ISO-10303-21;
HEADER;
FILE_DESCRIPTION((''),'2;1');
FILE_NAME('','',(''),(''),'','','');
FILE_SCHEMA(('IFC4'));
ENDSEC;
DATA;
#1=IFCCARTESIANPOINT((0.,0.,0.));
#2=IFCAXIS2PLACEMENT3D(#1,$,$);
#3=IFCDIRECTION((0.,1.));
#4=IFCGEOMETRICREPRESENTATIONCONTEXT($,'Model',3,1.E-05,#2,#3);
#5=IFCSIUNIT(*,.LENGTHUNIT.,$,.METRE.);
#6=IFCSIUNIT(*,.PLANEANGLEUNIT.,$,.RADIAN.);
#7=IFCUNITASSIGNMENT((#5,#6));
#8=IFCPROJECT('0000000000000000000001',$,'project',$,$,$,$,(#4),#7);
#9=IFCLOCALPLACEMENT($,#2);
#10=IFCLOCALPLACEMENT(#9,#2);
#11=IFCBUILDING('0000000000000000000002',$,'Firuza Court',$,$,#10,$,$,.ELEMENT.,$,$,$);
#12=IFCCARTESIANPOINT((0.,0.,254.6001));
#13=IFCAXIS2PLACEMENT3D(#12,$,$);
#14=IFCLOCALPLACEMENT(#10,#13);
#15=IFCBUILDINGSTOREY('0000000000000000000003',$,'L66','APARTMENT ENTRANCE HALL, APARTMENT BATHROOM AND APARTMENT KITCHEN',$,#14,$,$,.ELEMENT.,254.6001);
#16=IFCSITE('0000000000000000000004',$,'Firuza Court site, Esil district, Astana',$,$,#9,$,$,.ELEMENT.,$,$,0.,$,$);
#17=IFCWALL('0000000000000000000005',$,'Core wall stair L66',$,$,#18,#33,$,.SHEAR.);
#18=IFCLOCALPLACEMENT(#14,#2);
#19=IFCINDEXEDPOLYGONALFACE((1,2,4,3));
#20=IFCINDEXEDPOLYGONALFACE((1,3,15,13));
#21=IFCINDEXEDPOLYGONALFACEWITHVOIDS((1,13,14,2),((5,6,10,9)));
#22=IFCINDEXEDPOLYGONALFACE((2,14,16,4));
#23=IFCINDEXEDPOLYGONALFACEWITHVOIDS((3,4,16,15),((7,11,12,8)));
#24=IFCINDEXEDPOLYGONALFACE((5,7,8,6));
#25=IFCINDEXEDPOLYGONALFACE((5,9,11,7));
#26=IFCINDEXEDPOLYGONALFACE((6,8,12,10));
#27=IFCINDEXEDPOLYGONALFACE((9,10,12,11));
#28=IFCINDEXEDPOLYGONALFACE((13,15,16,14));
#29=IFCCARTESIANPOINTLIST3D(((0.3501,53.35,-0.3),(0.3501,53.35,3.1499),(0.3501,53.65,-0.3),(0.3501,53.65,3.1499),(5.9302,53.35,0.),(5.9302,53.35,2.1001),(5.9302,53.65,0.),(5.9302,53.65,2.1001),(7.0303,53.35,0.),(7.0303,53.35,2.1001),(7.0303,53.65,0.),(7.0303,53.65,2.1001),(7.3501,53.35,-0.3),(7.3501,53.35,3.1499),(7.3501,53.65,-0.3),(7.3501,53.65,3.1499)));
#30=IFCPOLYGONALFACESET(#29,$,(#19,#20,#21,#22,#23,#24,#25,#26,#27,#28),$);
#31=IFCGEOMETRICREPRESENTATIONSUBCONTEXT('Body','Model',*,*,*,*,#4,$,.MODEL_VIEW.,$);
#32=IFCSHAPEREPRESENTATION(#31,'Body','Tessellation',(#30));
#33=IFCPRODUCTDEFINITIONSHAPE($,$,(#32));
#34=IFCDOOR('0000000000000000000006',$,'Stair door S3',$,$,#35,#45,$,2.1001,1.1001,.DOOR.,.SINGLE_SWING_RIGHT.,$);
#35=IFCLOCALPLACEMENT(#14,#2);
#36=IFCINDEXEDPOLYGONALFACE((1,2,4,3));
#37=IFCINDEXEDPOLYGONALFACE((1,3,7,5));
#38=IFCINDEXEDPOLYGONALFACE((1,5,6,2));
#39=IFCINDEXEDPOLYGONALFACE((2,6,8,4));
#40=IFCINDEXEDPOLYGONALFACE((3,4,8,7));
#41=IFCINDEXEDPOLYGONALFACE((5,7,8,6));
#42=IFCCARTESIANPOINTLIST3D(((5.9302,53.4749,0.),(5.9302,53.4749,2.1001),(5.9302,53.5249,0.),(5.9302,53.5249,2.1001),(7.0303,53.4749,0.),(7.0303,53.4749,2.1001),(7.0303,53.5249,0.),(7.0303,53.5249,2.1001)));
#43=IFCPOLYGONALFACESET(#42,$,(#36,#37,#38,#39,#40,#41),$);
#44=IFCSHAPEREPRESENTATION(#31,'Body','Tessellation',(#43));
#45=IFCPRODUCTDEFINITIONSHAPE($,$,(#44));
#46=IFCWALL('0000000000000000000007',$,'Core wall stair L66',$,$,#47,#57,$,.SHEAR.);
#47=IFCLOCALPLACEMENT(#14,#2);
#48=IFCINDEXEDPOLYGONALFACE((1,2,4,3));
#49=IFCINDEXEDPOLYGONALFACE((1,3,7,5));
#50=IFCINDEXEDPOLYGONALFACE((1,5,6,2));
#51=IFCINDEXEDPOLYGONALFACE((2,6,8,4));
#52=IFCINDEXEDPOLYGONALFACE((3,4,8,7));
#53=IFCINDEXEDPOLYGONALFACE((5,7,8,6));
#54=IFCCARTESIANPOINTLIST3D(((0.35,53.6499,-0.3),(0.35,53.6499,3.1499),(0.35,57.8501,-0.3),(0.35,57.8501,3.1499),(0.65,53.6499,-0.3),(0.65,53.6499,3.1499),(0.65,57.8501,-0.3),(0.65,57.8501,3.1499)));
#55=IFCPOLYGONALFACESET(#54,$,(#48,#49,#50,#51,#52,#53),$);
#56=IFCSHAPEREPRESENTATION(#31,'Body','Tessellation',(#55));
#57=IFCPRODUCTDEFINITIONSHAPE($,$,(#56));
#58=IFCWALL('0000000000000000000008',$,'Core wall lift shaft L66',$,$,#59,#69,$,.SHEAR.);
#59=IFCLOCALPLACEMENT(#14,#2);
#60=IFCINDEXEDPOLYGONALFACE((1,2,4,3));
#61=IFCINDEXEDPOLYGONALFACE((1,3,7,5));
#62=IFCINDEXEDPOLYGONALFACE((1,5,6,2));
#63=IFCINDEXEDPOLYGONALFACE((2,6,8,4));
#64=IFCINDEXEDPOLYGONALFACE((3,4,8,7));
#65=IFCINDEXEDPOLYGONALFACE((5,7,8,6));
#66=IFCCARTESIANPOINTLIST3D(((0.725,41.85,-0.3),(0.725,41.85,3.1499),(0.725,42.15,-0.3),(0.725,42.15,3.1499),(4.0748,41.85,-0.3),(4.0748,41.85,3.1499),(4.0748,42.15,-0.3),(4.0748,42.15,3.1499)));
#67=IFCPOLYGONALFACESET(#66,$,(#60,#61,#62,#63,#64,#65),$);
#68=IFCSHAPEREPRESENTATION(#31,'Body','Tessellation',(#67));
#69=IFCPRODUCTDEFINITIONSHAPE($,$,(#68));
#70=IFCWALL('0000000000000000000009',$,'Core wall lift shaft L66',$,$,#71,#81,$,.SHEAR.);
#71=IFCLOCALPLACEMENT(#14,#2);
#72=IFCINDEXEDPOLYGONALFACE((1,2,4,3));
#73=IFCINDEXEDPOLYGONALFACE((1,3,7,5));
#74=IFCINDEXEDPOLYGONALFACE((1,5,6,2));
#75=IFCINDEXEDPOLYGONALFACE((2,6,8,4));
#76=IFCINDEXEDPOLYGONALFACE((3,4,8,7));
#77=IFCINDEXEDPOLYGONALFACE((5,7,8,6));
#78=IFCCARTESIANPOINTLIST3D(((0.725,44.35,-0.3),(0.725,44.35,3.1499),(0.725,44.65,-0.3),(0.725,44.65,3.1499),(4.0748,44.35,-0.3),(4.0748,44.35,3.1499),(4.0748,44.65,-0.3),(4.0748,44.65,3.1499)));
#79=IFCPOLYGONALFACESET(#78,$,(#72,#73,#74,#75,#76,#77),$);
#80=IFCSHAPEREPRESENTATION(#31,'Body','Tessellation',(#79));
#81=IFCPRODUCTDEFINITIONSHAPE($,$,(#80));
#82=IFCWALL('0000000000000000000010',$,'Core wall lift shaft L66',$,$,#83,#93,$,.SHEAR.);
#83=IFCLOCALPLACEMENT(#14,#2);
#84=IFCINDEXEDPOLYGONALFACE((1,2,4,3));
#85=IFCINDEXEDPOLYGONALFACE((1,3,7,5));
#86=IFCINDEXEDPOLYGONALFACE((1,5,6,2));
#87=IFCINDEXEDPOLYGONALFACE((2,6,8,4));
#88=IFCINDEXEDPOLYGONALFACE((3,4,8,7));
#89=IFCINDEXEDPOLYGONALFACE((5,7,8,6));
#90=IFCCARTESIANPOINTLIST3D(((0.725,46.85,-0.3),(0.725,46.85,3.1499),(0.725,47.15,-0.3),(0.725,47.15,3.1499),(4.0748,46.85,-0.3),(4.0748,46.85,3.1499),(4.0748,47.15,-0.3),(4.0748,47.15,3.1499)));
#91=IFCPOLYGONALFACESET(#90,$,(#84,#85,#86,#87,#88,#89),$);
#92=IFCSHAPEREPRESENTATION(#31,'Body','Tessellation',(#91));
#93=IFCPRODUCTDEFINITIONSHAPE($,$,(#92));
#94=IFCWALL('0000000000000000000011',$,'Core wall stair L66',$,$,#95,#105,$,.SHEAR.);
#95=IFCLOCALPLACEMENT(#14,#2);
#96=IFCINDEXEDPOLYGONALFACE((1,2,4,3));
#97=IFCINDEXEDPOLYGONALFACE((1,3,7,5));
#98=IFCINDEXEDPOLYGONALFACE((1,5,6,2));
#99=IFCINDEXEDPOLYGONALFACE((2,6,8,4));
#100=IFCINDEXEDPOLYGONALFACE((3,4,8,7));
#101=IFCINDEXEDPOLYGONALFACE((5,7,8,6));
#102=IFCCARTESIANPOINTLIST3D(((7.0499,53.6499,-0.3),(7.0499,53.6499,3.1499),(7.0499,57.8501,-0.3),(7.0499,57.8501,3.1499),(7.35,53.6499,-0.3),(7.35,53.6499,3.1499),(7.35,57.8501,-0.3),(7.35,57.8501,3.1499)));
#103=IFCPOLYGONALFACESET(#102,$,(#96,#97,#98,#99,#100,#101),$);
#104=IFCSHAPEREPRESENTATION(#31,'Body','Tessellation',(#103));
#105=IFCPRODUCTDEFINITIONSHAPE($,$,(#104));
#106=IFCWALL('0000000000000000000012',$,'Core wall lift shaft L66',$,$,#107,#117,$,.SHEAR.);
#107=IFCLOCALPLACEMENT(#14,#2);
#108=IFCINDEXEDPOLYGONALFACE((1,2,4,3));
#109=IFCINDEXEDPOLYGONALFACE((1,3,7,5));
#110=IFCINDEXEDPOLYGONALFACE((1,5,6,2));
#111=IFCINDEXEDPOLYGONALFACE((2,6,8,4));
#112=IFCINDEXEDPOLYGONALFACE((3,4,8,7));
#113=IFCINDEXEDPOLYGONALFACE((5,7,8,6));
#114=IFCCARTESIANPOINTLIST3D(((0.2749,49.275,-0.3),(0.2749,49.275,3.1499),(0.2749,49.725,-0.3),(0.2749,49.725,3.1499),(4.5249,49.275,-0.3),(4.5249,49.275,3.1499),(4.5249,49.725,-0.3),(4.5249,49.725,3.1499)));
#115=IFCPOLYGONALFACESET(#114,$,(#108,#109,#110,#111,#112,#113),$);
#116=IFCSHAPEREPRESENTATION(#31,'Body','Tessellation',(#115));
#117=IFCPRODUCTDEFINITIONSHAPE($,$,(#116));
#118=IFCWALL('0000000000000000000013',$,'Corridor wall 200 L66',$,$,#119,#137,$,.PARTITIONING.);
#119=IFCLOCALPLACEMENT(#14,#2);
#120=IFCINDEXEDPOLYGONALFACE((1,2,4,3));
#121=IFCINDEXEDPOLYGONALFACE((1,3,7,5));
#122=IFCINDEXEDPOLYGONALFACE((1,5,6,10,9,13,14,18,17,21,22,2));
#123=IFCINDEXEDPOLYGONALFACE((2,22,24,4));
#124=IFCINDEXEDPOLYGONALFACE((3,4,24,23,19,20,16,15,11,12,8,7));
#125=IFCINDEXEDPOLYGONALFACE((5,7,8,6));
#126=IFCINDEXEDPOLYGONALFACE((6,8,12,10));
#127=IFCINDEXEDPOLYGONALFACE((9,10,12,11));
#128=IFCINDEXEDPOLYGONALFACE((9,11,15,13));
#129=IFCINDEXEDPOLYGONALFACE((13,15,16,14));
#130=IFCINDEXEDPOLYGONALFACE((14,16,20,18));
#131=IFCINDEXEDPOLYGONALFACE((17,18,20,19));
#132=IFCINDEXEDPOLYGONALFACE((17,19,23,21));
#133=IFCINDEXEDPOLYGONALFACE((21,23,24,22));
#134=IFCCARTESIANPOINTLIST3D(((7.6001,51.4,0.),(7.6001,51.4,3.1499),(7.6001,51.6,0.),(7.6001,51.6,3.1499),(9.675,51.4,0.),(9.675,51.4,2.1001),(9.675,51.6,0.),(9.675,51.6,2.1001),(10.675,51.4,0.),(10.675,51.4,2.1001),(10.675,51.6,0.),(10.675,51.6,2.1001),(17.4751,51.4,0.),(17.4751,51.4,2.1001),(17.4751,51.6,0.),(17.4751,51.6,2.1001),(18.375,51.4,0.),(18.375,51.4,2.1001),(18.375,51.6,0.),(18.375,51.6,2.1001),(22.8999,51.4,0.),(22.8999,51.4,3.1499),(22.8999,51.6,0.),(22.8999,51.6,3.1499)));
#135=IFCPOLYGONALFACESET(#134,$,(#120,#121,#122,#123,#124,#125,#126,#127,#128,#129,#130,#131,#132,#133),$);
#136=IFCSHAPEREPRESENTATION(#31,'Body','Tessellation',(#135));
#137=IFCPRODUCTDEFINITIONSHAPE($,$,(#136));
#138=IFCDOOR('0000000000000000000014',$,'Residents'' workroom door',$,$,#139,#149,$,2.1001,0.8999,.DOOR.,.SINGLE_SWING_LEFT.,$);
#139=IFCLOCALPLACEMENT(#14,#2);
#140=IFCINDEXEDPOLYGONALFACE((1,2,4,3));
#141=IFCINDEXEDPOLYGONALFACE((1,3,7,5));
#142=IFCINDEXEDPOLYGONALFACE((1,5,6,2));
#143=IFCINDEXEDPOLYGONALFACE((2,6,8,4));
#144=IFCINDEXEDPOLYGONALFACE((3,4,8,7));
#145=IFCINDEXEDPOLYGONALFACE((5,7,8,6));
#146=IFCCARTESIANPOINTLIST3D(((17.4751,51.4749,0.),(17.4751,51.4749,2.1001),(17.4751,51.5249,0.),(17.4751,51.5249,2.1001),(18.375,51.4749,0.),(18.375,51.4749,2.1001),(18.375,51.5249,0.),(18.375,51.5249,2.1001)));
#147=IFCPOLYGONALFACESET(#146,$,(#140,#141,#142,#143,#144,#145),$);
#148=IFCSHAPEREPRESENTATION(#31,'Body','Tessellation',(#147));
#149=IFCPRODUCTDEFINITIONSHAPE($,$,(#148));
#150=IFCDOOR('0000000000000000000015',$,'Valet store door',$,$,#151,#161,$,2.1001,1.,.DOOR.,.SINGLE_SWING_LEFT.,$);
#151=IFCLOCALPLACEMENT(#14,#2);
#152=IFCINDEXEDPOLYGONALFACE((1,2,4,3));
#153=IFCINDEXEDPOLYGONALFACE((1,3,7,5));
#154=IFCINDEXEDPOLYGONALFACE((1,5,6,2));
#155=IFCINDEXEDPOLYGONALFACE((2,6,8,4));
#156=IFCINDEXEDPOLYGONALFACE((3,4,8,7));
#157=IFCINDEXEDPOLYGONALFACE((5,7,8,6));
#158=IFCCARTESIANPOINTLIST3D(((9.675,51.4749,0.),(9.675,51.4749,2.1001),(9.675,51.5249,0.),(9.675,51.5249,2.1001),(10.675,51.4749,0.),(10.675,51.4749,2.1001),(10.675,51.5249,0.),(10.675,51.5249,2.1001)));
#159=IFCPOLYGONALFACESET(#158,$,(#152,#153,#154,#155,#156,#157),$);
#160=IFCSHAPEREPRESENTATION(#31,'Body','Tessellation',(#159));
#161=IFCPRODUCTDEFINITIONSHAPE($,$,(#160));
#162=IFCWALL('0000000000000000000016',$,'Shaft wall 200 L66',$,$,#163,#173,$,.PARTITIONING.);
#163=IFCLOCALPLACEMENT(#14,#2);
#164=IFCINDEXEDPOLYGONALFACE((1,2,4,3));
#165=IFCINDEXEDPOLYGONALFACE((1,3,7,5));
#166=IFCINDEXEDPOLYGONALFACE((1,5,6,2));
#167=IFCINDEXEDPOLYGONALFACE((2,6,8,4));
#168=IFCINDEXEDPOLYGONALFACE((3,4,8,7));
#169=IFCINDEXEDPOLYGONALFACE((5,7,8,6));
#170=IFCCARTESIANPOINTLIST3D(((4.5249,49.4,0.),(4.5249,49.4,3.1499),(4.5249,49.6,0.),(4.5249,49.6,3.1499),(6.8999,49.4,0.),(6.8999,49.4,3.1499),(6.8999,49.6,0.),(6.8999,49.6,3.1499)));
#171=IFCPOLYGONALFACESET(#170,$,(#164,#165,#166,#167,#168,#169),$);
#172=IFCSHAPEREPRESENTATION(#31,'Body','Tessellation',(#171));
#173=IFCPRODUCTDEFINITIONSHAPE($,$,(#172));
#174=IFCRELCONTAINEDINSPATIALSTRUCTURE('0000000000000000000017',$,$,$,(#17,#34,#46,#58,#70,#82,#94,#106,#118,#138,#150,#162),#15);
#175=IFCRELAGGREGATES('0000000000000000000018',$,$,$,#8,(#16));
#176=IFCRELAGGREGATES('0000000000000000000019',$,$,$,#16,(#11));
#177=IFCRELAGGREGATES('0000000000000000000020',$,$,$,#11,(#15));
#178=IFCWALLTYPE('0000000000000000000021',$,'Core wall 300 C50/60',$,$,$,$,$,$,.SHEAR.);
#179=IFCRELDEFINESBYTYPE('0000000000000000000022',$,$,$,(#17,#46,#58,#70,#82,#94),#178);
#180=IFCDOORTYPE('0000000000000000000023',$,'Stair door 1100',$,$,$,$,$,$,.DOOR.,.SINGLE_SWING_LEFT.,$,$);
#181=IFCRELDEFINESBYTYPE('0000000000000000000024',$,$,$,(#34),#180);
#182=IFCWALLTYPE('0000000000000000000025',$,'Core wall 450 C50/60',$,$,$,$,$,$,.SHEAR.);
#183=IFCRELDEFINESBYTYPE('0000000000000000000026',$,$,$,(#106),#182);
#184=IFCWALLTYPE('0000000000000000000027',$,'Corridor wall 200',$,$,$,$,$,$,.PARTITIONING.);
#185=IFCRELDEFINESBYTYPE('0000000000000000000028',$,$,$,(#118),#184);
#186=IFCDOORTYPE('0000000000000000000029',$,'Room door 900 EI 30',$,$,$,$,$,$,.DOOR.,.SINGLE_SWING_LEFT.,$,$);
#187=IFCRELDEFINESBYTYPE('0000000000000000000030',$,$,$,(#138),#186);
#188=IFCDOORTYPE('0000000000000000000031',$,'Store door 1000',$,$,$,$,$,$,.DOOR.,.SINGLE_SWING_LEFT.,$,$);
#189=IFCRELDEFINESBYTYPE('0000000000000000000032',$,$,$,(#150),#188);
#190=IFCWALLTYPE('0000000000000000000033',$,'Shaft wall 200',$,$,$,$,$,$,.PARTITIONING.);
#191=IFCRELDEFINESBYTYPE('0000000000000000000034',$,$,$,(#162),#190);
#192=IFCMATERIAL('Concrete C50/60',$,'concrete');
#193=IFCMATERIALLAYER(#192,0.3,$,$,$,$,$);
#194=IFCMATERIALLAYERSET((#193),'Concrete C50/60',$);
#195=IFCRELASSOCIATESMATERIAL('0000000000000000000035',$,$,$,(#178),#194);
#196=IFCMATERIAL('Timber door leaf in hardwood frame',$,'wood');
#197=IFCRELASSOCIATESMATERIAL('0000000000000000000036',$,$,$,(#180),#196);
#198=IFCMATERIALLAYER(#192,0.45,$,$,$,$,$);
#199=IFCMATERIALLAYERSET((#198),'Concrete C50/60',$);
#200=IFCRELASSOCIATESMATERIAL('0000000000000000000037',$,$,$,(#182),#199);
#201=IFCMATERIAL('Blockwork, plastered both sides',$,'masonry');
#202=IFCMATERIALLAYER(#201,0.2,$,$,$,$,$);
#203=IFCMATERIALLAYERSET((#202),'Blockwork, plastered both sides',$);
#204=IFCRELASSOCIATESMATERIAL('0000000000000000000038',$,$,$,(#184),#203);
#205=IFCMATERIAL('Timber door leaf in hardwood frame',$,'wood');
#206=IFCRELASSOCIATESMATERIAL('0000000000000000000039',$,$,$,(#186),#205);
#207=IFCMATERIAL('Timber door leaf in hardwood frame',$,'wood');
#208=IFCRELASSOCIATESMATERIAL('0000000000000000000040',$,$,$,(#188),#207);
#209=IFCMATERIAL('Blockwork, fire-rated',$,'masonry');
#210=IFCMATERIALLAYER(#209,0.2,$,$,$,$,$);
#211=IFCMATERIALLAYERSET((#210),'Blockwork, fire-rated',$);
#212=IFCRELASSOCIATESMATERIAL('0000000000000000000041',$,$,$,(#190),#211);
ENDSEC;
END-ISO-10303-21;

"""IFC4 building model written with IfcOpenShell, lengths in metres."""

from ifc_helpers import new_model, si_unit, direction, frame, frame_2d, origin, place, context, subcontext, project, spatial, rectangle, extrude, material, layer, layer_set, type_object, element, fill, save


model = new_model("IFC4")

# Units and contexts
model_context = context("Model", 3, precision=1e-05, world=origin(), true_north=direction((0.0, 1.0)))
body_context = subcontext(model_context, "Body", "Model", "MODEL_VIEW")
ifc_project = project(units=[si_unit("LENGTHUNIT", "METRE"), si_unit("PLANEANGLEUNIT", "RADIAN")], contexts=[model_context])

# Site, building, storey
site_placement = place(None, origin())
site = spatial("IfcSite", under=ifc_project, at=site_placement, Name="Firuza Court site, Esil district, Astana", CompositionType="ELEMENT", RefElevation=0.0)
building_placement = place(site_placement, origin())
building = spatial("IfcBuilding", under=site, at=building_placement, Name="Firuza Court", CompositionType="ELEMENT")
storey_placement = place(building_placement, frame((0.0, 0.0, 254.6001)))
storey = spatial("IfcBuildingStorey", under=building, at=storey_placement, Name="L66", Description="APARTMENT ENTRANCE HALL, APARTMENT BATHROOM AND APARTMENT KITCHEN", CompositionType="ELEMENT", Elevation=254.6001)

# Wall, opening, door
ifc_material_1 = material(Name="Concrete C50/60", Category="concrete")
ifc_layer_1 = layer(ifc_material_1, 0.3)
ifc_layer_set_1 = layer_set([ifc_layer_1], Name="Concrete C50/60")
wall_type_1 = type_object("IfcWallType", Name="Core wall 300 C50/60", PredefinedType="SHEAR", material=ifc_layer_set_1)
wall_1_placement = place(storey_placement, frame((0.3501, 53.5, -0.3), z_axis=(0.0, 0.0, 1.0), x_axis=(1.0, 0.0, 0.0)))
wall_1 = element("IfcWall", 1, at=wall_1_placement, inside=storey, type_object=wall_type_1, Name="Core wall stair L66", PredefinedType="SHEAR", context=body_context, shape_type="SweptSolid", body=[
    extrude(rectangle(XDim=7.0, YDim=0.3, at=frame_2d((3.5, 0.0))), origin(), (0.0, 0.0, 1.0), 3.45),
])
opening_1_placement = place(wall_1_placement, frame((5.5801, 0.0, 0.3)))
opening_1 = element("IfcOpeningElement", 2, at=opening_1_placement, cuts=wall_1, PredefinedType="OPENING", context=body_context, shape_type="SweptSolid", body=[
    extrude(rectangle(XDim=1.1001, YDim=2.1001, at=frame_2d((0.55, 1.05))), frame((0.0, 0.1621, 0.0), z_axis=(0.0, -1.0, 0.0), x_axis=(1.0, 0.0, 0.0)), (0.0, 0.0, 1.0), 0.324),
])
ifc_material_2 = material(Name="Timber door leaf in hardwood frame", Category="wood")
door_type_1 = type_object("IfcDoorType", Name="Stair door 1100", OperationType="SINGLE_SWING_LEFT", PredefinedType="DOOR", material=ifc_material_2)
door_1_placement = place(opening_1_placement, origin())
door_1 = element("IfcDoor", 3, at=door_1_placement, inside=storey, type_object=door_type_1, Name="Stair door S3", OperationType="SINGLE_SWING_RIGHT", OverallHeight=2.1001, OverallWidth=1.1001, PredefinedType="DOOR", context=body_context, shape_type="SweptSolid", body=[
    extrude(rectangle(XDim=1.1001, YDim=2.1001, at=frame_2d((0.55, 1.05))), frame((0.0, 0.0249, 0.0), z_axis=(0.0, -1.0, 0.0), x_axis=(1.0, 0.0, 0.0)), (0.0, 0.0, 1.0), 0.05),
])
fill(opening_1, door_1)

# Walls
wall_2_placement = place(storey_placement, frame((0.5, 53.6499, -0.3), z_axis=(0.0, 0.0, 1.0), x_axis=(0.0, 1.0, 0.0)))
element("IfcWall", 4, at=wall_2_placement, inside=storey, type_object=wall_type_1, Name="Core wall stair L66", PredefinedType="SHEAR", context=body_context, shape_type="SweptSolid", body=[
    extrude(rectangle(XDim=4.2002, YDim=0.3, at=frame_2d((2.1001, 0.0))), origin(), (0.0, 0.0, 1.0), 3.45),
])
for number, where, z_axis, x_axis, name in (
    (5, (0.7251, 42.0, -0.3), (0.0, 0.0, 1.0), (1.0, 0.0, 0.0), "Core wall lift shaft L66"),
    (6, (0.7251, 44.5, -0.3), (0.0, 0.0, 1.0), (1.0, 0.0, 0.0), "Core wall lift shaft L66"),
    (7, (0.7251, 47.0, -0.3), (0.0, 0.0, 1.0), (1.0, 0.0, 0.0), "Core wall lift shaft L66"),
):
    element("IfcWall", number, at=place(storey_placement, frame(where, z_axis=z_axis, x_axis=x_axis)), inside=storey, type_object=wall_type_1, Name=name, PredefinedType="SHEAR", context=body_context, shape_type="SweptSolid", body=[
        extrude(rectangle(XDim=3.3499, YDim=0.3, at=frame_2d((1.6748, 0.0))), origin(), (0.0, 0.0, 1.0), 3.45),
    ])
wall_3_placement = place(storey_placement, frame((7.2, 53.6499, -0.3), z_axis=(0.0, 0.0, 1.0), x_axis=(0.0, 1.0, 0.0)))
element("IfcWall", 8, at=wall_3_placement, inside=storey, type_object=wall_type_1, Name="Core wall stair L66", PredefinedType="SHEAR", context=body_context, shape_type="SweptSolid", body=[
    extrude(rectangle(XDim=4.2002, YDim=0.3, at=frame_2d((2.1001, 0.0))), origin(), (0.0, 0.0, 1.0), 3.45),
])
ifc_layer_2 = layer(ifc_material_1, 0.45)
ifc_layer_set_2 = layer_set([ifc_layer_2], Name="Concrete C50/60")
wall_type_2 = type_object("IfcWallType", Name="Core wall 450 C50/60", PredefinedType="SHEAR", material=ifc_layer_set_2)
wall_4_placement = place(storey_placement, frame((0.2749, 49.5, -0.3), z_axis=(0.0, 0.0, 1.0), x_axis=(1.0, 0.0, 0.0)))
element("IfcWall", 9, at=wall_4_placement, inside=storey, type_object=wall_type_2, Name="Core wall lift shaft L66", PredefinedType="SHEAR", context=body_context, shape_type="SweptSolid", body=[
    extrude(rectangle(XDim=4.25, YDim=0.45, at=frame_2d((2.125, 0.0))), origin(), (0.0, 0.0, 1.0), 3.45),
])

# Wall, openings, doors
ifc_material_3 = material(Name="Blockwork, plastered both sides", Category="masonry")
ifc_layer_3 = layer(ifc_material_3, 0.2)
ifc_layer_set_3 = layer_set([ifc_layer_3], Name="Blockwork, plastered both sides")
wall_type_3 = type_object("IfcWallType", Name="Corridor wall 200", PredefinedType="PARTITIONING", material=ifc_layer_set_3)
wall_5_placement = place(storey_placement, frame((7.6001, 51.5, 0.0), z_axis=(0.0, 0.0, 1.0), x_axis=(1.0, 0.0, 0.0)))
wall_5 = element("IfcWall", 10, at=wall_5_placement, inside=storey, type_object=wall_type_3, Name="Corridor wall 200 L66", PredefinedType="PARTITIONING", context=body_context, shape_type="SweptSolid", body=[
    extrude(rectangle(XDim=15.2998, YDim=0.2, at=frame_2d((7.6499, 0.0))), origin(), (0.0, 0.0, 1.0), 3.1499),
])
opening_2_placement = place(wall_5_placement, frame((2.075, 0.0, 0.0)))
opening_2 = element("IfcOpeningElement", 11, at=opening_2_placement, cuts=wall_5, PredefinedType="OPENING", context=body_context, shape_type="SweptSolid", body=[
    extrude(rectangle(XDim=1.0, YDim=2.1001, at=frame_2d((0.5, 1.05))), frame((0.0, 0.1118, 0.0), z_axis=(0.0, -1.0, 0.0), x_axis=(1.0, 0.0, 0.0)), (0.0, 0.0, 1.0), 0.2239),
])
opening_3_placement = place(wall_5_placement, frame((9.875, 0.0, 0.0)))
opening_3 = element("IfcOpeningElement", 12, at=opening_3_placement, cuts=wall_5, PredefinedType="OPENING", context=body_context, shape_type="SweptSolid", body=[
    extrude(rectangle(XDim=0.8999, YDim=2.1001, at=frame_2d((0.45, 1.05))), frame((0.0, 0.1118, 0.0), z_axis=(0.0, -1.0, 0.0), x_axis=(1.0, 0.0, 0.0)), (0.0, 0.0, 1.0), 0.2239),
])
ifc_material_4 = material(Name="Timber door leaf in hardwood frame", Category="wood")
door_type_2 = type_object("IfcDoorType", Name="Room door 900 EI 30", OperationType="SINGLE_SWING_LEFT", PredefinedType="DOOR", material=ifc_material_4)
door_2_placement = place(opening_3_placement, origin())
door_2 = element("IfcDoor", 13, at=door_2_placement, inside=storey, type_object=door_type_2, Name="Residents' workroom door", OperationType="SINGLE_SWING_LEFT", OverallHeight=2.1001, OverallWidth=0.8999, PredefinedType="DOOR", context=body_context, shape_type="SweptSolid", body=[
    extrude(rectangle(XDim=0.8999, YDim=2.1001, at=frame_2d((0.45, 1.05))), frame((0.0, 0.0249, 0.0), z_axis=(0.0, -1.0, 0.0), x_axis=(1.0, 0.0, 0.0)), (0.0, 0.0, 1.0), 0.05),
])
fill(opening_3, door_2)
ifc_material_5 = material(Name="Timber door leaf in hardwood frame", Category="wood")
door_type_3 = type_object("IfcDoorType", Name="Store door 1000", OperationType="SINGLE_SWING_LEFT", PredefinedType="DOOR", material=ifc_material_5)
door_3_placement = place(opening_2_placement, origin())
door_3 = element("IfcDoor", 14, at=door_3_placement, inside=storey, type_object=door_type_3, Name="Valet store door", OperationType="SINGLE_SWING_LEFT", OverallHeight=2.1001, OverallWidth=1.0, PredefinedType="DOOR", context=body_context, shape_type="SweptSolid", body=[
    extrude(rectangle(XDim=1.0, YDim=2.1001, at=frame_2d((0.5, 1.05))), frame((0.0, 0.0249, 0.0), z_axis=(0.0, -1.0, 0.0), x_axis=(1.0, 0.0, 0.0)), (0.0, 0.0, 1.0), 0.05),
])
fill(opening_2, door_3)

# Wall
ifc_material_6 = material(Name="Blockwork, fire-rated", Category="masonry")
ifc_layer_4 = layer(ifc_material_6, 0.2)
ifc_layer_set_4 = layer_set([ifc_layer_4], Name="Blockwork, fire-rated")
wall_type_4 = type_object("IfcWallType", Name="Shaft wall 200", PredefinedType="PARTITIONING", material=ifc_layer_set_4)
wall_6_placement = place(storey_placement, frame((4.5249, 49.5, 0.0), z_axis=(0.0, 0.0, 1.0), x_axis=(1.0, 0.0, 0.0)))
element("IfcWall", 15, at=wall_6_placement, inside=storey, type_object=wall_type_4, Name="Shaft wall 200 L66", PredefinedType="PARTITIONING", context=body_context, shape_type="SweptSolid", body=[
    extrude(rectangle(XDim=2.375, YDim=0.2, at=frame_2d((1.1875, 0.0))), origin(), (0.0, 0.0, 1.0), 3.1499),
])

save(model, "model.ifc")
